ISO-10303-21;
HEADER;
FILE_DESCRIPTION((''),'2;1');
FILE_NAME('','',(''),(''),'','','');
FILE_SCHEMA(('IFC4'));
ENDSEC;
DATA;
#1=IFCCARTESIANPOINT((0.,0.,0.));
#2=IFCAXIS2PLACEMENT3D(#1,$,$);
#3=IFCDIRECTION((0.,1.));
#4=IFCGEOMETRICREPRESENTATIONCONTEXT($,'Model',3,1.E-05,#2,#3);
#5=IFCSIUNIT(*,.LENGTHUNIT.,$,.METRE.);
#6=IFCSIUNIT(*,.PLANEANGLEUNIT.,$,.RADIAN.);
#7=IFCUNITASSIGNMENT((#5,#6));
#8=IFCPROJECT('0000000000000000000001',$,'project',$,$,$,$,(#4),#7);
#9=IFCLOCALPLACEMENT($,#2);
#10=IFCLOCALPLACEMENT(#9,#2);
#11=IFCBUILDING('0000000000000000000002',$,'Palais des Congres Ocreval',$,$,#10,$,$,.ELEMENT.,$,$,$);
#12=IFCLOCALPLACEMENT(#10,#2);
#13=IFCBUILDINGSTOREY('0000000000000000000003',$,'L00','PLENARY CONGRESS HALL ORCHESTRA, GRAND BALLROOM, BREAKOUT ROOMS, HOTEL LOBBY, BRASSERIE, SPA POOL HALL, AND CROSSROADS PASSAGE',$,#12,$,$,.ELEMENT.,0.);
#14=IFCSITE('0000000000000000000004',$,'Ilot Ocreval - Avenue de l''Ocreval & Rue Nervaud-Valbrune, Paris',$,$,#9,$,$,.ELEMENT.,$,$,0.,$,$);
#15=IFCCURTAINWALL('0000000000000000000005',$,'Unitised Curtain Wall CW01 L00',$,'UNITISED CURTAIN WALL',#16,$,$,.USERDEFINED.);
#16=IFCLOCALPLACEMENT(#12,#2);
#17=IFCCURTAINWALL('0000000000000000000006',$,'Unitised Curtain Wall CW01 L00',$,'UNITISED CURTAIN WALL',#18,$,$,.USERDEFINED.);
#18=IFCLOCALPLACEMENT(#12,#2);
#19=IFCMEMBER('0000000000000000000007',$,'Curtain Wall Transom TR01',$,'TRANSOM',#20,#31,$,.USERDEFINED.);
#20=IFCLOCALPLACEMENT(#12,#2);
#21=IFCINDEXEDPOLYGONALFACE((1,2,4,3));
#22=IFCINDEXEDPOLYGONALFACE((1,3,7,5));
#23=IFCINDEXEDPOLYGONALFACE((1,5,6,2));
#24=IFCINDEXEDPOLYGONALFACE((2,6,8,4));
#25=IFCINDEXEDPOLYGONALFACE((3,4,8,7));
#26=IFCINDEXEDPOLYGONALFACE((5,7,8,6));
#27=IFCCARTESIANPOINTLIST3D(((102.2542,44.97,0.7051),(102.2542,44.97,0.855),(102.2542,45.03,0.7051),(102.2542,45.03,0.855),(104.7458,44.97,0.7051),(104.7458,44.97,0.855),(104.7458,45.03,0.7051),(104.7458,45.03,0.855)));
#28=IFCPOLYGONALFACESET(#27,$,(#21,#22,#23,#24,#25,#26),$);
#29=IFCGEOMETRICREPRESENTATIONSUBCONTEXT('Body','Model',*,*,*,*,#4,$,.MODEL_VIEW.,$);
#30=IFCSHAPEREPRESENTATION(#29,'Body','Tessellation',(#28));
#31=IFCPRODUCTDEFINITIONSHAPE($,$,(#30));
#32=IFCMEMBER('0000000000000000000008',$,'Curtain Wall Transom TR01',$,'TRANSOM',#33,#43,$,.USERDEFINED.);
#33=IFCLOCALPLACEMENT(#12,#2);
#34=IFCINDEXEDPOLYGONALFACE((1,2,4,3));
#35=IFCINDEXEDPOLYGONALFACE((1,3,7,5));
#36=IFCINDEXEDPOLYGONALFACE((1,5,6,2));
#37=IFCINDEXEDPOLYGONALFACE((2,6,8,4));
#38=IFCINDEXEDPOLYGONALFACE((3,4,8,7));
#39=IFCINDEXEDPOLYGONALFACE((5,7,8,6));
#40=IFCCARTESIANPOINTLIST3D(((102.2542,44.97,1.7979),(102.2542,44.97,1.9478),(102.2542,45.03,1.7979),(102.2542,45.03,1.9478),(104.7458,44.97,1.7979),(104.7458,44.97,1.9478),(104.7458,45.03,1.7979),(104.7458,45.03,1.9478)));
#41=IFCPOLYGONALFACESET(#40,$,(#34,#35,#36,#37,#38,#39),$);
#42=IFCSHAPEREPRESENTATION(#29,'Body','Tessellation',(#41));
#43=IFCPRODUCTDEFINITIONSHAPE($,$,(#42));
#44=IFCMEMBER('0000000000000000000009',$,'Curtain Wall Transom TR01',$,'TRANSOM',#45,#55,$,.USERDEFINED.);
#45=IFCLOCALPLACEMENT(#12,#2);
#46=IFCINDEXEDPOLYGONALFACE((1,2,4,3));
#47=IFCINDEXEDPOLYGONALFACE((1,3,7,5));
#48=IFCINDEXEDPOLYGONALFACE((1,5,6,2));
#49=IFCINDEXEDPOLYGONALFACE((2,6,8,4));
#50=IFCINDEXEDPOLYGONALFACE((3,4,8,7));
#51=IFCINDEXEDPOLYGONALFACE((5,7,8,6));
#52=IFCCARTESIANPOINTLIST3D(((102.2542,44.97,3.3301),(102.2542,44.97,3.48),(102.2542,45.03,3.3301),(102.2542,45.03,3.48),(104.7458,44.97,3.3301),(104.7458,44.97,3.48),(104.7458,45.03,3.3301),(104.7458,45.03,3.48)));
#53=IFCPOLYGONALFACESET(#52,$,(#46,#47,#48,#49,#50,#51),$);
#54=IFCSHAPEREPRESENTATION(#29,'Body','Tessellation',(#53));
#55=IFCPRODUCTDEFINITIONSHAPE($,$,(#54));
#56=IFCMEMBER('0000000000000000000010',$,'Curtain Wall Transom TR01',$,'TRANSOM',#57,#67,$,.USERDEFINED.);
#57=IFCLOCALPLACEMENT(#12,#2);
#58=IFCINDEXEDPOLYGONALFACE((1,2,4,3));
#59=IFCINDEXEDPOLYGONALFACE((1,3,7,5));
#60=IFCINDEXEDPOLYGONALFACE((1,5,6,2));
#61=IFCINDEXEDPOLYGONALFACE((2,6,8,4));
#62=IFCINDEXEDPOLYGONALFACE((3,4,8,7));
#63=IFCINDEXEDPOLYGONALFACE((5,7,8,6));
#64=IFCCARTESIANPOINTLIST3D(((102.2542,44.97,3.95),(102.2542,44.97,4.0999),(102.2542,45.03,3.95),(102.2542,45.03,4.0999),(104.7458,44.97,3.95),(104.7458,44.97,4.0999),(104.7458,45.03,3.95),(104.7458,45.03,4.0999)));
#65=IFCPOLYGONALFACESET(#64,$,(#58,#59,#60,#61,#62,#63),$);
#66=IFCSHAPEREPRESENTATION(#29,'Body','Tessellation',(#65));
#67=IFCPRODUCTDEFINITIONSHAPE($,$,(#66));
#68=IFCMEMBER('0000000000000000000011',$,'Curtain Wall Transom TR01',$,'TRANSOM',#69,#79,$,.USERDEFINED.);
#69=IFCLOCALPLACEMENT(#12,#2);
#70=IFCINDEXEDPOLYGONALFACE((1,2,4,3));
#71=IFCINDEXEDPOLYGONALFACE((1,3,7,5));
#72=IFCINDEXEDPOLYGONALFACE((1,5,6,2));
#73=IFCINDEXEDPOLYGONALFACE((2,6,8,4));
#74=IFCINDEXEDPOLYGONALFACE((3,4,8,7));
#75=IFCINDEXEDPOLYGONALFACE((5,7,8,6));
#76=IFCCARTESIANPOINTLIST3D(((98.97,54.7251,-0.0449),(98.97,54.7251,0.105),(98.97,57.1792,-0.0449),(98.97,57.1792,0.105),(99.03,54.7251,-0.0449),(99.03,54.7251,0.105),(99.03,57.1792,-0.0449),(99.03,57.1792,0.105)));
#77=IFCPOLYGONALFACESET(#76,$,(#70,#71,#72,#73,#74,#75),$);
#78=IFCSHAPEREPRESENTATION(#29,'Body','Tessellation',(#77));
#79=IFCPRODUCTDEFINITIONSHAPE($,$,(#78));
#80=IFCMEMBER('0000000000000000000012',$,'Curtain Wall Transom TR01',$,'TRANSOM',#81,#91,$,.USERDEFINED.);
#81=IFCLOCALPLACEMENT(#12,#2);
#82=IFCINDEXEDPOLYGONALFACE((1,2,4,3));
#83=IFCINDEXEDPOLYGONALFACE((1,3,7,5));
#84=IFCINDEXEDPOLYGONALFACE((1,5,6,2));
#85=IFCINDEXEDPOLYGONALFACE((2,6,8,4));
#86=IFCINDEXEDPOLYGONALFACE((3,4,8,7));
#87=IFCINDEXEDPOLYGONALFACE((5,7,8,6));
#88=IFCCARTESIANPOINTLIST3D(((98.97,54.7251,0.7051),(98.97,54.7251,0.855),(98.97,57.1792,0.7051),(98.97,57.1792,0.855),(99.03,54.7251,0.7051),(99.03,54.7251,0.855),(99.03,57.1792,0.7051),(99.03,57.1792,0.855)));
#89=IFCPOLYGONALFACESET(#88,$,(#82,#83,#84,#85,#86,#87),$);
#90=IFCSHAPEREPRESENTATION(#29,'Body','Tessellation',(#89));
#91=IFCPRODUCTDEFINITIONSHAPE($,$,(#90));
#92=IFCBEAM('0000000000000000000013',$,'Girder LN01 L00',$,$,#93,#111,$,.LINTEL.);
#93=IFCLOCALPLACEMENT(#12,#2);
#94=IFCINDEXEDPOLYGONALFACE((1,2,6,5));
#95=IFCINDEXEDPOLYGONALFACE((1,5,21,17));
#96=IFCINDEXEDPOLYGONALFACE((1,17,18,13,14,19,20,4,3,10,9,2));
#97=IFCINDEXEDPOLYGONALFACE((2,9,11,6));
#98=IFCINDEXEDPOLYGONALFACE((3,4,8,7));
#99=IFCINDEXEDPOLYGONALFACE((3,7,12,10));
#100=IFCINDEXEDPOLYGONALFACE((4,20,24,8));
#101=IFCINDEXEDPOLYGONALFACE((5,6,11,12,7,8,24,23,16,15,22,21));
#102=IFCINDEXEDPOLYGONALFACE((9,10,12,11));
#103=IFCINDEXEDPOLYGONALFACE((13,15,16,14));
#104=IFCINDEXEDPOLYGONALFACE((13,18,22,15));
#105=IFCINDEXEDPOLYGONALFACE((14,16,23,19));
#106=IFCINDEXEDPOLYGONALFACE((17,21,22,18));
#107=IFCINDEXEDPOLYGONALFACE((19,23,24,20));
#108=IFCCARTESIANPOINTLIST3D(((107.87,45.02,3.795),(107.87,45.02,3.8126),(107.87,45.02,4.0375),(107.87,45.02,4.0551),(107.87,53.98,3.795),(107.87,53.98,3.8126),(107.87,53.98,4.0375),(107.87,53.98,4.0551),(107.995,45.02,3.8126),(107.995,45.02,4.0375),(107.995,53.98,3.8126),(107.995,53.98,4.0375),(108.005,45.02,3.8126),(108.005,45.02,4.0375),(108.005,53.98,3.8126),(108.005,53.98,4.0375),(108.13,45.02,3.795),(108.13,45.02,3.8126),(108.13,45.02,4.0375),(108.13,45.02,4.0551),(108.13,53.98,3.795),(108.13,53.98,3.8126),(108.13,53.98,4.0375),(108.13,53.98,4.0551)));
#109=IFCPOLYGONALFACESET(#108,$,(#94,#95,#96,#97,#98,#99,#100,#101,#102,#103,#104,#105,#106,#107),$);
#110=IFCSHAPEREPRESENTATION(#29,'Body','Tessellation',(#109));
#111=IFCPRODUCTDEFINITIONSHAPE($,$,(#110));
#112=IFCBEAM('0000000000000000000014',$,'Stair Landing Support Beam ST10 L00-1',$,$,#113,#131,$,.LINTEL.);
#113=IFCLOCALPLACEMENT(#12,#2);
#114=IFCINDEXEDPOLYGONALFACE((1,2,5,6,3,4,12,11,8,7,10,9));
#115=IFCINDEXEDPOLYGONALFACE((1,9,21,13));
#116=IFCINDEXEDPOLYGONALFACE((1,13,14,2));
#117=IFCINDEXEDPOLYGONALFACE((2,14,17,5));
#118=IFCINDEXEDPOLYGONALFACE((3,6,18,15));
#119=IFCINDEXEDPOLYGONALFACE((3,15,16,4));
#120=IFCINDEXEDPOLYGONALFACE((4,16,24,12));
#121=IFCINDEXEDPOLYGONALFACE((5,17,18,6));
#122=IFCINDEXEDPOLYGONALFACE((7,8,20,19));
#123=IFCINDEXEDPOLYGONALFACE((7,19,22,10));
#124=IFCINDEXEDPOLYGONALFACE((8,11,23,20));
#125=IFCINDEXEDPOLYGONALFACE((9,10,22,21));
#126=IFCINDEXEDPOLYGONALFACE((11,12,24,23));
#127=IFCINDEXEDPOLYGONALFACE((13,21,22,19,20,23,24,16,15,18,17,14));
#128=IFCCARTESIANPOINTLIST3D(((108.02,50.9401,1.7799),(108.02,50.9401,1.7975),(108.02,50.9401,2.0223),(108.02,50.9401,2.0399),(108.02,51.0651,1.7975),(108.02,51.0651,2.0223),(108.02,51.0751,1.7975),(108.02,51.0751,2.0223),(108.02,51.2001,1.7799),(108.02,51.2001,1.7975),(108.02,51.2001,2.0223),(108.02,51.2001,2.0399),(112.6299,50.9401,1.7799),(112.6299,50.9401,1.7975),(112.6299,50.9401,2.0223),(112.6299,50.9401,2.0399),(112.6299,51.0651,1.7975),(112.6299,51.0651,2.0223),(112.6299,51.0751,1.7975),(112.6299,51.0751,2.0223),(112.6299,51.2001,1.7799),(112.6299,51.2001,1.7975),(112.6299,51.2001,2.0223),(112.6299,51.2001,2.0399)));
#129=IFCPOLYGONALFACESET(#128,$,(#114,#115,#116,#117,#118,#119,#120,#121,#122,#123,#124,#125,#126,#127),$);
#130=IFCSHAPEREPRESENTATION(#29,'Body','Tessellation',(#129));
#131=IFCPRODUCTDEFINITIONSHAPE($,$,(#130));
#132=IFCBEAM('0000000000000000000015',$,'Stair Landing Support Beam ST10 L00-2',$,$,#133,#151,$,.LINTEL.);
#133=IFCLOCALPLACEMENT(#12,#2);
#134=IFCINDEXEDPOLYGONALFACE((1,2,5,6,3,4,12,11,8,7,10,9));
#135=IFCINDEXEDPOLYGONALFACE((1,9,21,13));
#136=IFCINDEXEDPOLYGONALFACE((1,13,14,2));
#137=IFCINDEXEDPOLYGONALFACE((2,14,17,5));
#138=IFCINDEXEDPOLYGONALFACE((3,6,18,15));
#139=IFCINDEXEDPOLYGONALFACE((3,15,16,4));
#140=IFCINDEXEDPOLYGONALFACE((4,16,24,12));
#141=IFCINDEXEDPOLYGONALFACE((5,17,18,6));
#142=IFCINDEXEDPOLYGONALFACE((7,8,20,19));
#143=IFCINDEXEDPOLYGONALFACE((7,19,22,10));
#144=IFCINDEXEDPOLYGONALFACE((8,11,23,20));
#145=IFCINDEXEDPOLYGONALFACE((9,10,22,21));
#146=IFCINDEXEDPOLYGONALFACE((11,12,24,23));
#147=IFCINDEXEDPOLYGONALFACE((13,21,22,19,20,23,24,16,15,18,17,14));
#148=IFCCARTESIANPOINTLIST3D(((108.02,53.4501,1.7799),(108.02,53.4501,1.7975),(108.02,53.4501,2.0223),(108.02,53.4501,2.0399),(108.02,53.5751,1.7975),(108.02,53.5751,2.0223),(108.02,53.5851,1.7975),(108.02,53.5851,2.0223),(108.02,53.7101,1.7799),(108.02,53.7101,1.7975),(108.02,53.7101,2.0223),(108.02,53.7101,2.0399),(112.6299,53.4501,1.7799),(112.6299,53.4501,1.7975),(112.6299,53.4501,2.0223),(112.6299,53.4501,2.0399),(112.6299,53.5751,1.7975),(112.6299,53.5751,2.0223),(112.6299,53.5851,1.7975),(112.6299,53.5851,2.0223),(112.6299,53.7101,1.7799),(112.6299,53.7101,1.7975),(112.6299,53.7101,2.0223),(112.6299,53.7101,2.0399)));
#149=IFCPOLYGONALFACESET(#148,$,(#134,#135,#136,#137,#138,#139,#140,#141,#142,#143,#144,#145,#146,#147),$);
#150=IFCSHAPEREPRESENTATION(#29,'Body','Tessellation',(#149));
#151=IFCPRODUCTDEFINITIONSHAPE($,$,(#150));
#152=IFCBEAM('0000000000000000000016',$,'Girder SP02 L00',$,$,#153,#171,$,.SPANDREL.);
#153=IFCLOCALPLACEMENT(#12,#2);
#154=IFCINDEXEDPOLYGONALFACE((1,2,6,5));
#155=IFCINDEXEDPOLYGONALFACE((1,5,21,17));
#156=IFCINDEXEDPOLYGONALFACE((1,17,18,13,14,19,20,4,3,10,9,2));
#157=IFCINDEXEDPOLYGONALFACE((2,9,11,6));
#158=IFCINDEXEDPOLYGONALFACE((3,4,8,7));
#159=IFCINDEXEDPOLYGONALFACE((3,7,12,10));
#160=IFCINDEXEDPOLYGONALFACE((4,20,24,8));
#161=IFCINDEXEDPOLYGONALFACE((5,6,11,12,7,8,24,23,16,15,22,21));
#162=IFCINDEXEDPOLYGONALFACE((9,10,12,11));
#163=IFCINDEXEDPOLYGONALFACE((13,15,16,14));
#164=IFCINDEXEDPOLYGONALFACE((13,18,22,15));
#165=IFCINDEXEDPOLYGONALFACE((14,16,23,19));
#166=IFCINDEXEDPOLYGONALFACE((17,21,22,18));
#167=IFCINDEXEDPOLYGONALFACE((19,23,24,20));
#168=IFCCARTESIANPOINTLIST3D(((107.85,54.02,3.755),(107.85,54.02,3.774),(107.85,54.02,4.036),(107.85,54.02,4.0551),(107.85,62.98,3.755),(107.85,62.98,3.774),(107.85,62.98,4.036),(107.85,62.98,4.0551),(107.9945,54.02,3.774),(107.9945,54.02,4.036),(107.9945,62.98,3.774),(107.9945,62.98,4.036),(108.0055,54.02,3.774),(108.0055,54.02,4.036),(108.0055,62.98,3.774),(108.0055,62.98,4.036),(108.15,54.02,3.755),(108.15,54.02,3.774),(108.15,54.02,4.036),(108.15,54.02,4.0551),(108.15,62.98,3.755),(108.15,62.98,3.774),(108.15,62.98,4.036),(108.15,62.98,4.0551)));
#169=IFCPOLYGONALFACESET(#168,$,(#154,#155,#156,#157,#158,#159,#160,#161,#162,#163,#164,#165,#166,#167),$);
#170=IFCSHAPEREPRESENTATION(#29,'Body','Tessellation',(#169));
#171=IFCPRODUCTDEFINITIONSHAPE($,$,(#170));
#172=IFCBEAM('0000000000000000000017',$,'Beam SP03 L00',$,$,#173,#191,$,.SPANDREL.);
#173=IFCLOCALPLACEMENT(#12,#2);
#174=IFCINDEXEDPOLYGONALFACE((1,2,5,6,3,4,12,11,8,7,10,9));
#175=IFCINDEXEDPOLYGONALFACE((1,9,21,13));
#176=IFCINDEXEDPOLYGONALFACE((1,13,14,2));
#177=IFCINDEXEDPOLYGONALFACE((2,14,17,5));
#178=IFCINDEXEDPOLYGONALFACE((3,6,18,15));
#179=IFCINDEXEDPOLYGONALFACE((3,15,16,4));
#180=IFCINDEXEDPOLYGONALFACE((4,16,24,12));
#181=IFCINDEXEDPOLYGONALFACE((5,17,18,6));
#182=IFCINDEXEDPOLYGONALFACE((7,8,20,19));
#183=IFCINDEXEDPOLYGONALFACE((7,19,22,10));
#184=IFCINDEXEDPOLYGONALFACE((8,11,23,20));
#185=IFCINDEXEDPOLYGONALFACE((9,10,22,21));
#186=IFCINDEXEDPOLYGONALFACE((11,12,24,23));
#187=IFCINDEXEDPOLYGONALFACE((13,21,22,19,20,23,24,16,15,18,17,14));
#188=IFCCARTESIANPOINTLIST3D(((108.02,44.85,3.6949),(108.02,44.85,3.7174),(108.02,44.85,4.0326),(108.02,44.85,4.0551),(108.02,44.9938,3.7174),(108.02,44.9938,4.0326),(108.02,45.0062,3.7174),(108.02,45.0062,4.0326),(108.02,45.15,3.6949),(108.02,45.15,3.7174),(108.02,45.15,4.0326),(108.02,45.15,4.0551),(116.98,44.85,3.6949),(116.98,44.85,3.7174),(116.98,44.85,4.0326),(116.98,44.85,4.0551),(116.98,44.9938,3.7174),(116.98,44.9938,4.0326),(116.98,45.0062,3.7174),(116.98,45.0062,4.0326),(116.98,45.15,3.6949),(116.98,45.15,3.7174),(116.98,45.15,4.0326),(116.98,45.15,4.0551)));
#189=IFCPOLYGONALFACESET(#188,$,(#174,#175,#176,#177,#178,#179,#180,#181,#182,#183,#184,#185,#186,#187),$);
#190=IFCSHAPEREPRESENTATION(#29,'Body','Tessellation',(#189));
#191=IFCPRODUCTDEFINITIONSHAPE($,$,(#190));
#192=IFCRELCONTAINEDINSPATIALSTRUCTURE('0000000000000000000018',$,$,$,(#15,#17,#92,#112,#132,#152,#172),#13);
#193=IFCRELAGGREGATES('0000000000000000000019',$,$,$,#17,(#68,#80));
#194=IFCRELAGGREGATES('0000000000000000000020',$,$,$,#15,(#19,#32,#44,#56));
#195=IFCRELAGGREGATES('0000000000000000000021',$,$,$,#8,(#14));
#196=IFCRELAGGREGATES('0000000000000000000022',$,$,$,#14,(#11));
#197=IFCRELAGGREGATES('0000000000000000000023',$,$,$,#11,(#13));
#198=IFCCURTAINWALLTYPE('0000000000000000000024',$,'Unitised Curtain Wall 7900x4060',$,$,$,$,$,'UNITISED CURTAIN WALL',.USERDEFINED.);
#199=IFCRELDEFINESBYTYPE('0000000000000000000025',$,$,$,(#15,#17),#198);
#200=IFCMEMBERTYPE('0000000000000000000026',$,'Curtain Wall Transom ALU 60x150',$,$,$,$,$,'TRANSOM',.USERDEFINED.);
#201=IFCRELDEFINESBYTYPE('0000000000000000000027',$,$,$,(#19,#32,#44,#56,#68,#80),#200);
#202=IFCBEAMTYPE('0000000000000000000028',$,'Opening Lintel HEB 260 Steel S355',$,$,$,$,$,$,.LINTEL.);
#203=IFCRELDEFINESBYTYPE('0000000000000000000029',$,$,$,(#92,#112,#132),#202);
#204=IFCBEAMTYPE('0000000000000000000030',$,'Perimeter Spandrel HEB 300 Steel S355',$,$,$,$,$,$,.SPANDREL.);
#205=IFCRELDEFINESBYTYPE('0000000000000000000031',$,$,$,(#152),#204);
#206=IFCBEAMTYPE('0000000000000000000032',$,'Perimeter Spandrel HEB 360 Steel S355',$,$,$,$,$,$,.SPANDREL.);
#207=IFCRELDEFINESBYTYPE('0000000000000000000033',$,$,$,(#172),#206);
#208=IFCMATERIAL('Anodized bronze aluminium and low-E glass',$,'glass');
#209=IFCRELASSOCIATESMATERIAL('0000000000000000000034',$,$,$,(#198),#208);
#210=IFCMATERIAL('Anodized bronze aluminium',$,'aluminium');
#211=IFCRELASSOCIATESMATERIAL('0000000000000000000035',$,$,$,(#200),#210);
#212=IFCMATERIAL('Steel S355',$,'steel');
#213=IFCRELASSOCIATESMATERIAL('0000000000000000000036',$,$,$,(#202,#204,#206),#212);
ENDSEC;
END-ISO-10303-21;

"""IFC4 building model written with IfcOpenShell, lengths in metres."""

from ifc_helpers import new_model, si_unit, direction, frame, origin, origin_2d, place, context, subcontext, project, spatial, rectangle, i_section, extrude, material, material_profile, profile_set, type_object, element, aggregate, save


model = new_model("IFC4")

# Units and contexts
model_context = context("Model", 3, precision=1e-05, world=origin(), true_north=direction((0.0, 1.0)))
body_context = subcontext(model_context, "Body", "Model", "MODEL_VIEW")
ifc_project = project(units=[si_unit("LENGTHUNIT", "METRE"), si_unit("PLANEANGLEUNIT", "RADIAN")], contexts=[model_context])

# Site, building, storey
site_placement = place(None, origin())
site = spatial("IfcSite", under=ifc_project, at=site_placement, Name="Ilot Ocreval - Avenue de l'Ocreval & Rue Nervaud-Valbrune, Paris", CompositionType="ELEMENT", RefElevation=0.0)
building_placement = place(site_placement, origin())
building = spatial("IfcBuilding", under=site, at=building_placement, Name="Palais des Congres Ocreval", CompositionType="ELEMENT")
storey_placement = place(building_placement, origin())
storey = spatial("IfcBuildingStorey", under=building, at=storey_placement, Name="L00", Description="PLENARY CONGRESS HALL ORCHESTRA, GRAND BALLROOM, BREAKOUT ROOMS, HOTEL LOBBY, BRASSERIE, SPA POOL HALL, AND CROSSROADS PASSAGE", CompositionType="ELEMENT", Elevation=0.0)

# Shared definitions
ifc_material_1 = material(Name="Steel S355", Category="steel")

# Curtain wall
ifc_material_2 = material(Name="Anodized bronze aluminium and low-E glass", Category="glass")
curtain_wall_type = type_object("IfcCurtainWallType", Name="Unitised Curtain Wall 7900x4060", ElementType="UNITISED CURTAIN WALL", PredefinedType="USERDEFINED", material=ifc_material_2)
curtain_wall_1_placement = place(storey_placement, origin())
curtain_wall_1 = element("IfcCurtainWall", 1, at=curtain_wall_1_placement, inside=storey, type_object=curtain_wall_type, Name="Unitised Curtain Wall CW01 L00", ObjectType="UNITISED CURTAIN WALL", PredefinedType="USERDEFINED")
ifc_material_3 = material(Name="Anodized bronze aluminium", Category="aluminium")

# Curtain wall
curtain_wall_2_placement = place(storey_placement, origin())
curtain_wall_2 = element("IfcCurtainWall", 2, at=curtain_wall_2_placement, inside=storey, type_object=curtain_wall_type, Name="Unitised Curtain Wall CW01 L00", ObjectType="UNITISED CURTAIN WALL", PredefinedType="USERDEFINED")

# Members
ifc_material_profile_1 = material_profile(ifc_material_3, rectangle(XDim=0.0601, YDim=0.1499, at=origin_2d()), Name="ALU 60x150")
ifc_profile_set_1 = profile_set([ifc_material_profile_1], Name="Anodized bronze aluminium")
member_type_1 = type_object("IfcMemberType", Name="Curtain Wall Transom ALU 60x150", ElementType="TRANSOM", PredefinedType="USERDEFINED", material=ifc_profile_set_1)
member_1_placement = place(storey_placement, frame((104.7458, 45.0, 0.78), z_axis=(-1.0, 0.0, 0.0), x_axis=(0.0, -1.0, 0.0)))
member_1 = element("IfcMember", 3, at=member_1_placement, type_object=member_type_1, Name="Curtain Wall Transom TR01", ObjectType="TRANSOM", PredefinedType="USERDEFINED", context=body_context, shape_type="SweptSolid", body=[
    extrude(rectangle(XDim=0.0601, YDim=0.1499, at=origin_2d()), origin(), (0.0, 0.0, 1.0), 2.4917),
])
member_2_placement = place(storey_placement, frame((104.7458, 45.0, 1.8728), z_axis=(-1.0, 0.0, 0.0), x_axis=(0.0, -1.0, 0.0)))
member_2 = element("IfcMember", 4, at=member_2_placement, type_object=member_type_1, Name="Curtain Wall Transom TR01", ObjectType="TRANSOM", PredefinedType="USERDEFINED", context=body_context, shape_type="SweptSolid", body=[
    extrude(rectangle(XDim=0.0601, YDim=0.1499, at=origin_2d()), origin(), (0.0, 0.0, 1.0), 2.4917),
])
member_3_placement = place(storey_placement, frame((104.7458, 45.0, 3.405), z_axis=(-1.0, 0.0, 0.0), x_axis=(0.0, -1.0, 0.0)))
member_3 = element("IfcMember", 5, at=member_3_placement, type_object=member_type_1, Name="Curtain Wall Transom TR01", ObjectType="TRANSOM", PredefinedType="USERDEFINED", context=body_context, shape_type="SweptSolid", body=[
    extrude(rectangle(XDim=0.0601, YDim=0.1499, at=origin_2d()), origin(), (0.0, 0.0, 1.0), 2.4917),
])
member_4_placement = place(storey_placement, frame((104.7458, 45.0, 4.0249), z_axis=(-1.0, 0.0, 0.0), x_axis=(0.0, -1.0, 0.0)))
member_4 = element("IfcMember", 6, at=member_4_placement, type_object=member_type_1, Name="Curtain Wall Transom TR01", ObjectType="TRANSOM", PredefinedType="USERDEFINED", context=body_context, shape_type="SweptSolid", body=[
    extrude(rectangle(XDim=0.0601, YDim=0.1499, at=origin_2d()), origin(), (0.0, 0.0, 1.0), 2.4917),
])
member_5_placement = place(storey_placement, frame((99.0, 54.7251, 0.03), z_axis=(0.0, 1.0, 0.0), x_axis=(-1.0, 0.0, 0.0)))
member_5 = element("IfcMember", 7, at=member_5_placement, type_object=member_type_1, Name="Curtain Wall Transom TR01", ObjectType="TRANSOM", PredefinedType="USERDEFINED", context=body_context, shape_type="SweptSolid", body=[
    extrude(rectangle(XDim=0.0601, YDim=0.1499, at=origin_2d()), origin(), (0.0, 0.0, 1.0), 2.4541),
])
member_6_placement = place(storey_placement, frame((99.0, 54.7251, 0.78), z_axis=(0.0, 1.0, 0.0), x_axis=(-1.0, 0.0, 0.0)))
member_6 = element("IfcMember", 8, at=member_6_placement, type_object=member_type_1, Name="Curtain Wall Transom TR01", ObjectType="TRANSOM", PredefinedType="USERDEFINED", context=body_context, shape_type="SweptSolid", body=[
    extrude(rectangle(XDim=0.0601, YDim=0.1499, at=origin_2d()), origin(), (0.0, 0.0, 1.0), 2.4541),
])
aggregate(curtain_wall_2, [member_5, member_6])

# Beams
ifc_material_profile_2 = material_profile(ifc_material_1, i_section(OverallWidth=0.26, OverallDepth=0.26, WebThickness=0.01, FlangeThickness=0.0176, at=origin_2d()), Name="HEB 260")
ifc_profile_set_2 = profile_set([ifc_material_profile_2], Name="Steel S355")
beam_type_1 = type_object("IfcBeamType", Name="Opening Lintel HEB 260 Steel S355", PredefinedType="LINTEL", material=ifc_profile_set_2)
beam_1_placement = place(storey_placement, frame((108.0, 45.02, 3.925), z_axis=(0.0, 1.0, 0.0), x_axis=(-1.0, 0.0, 0.0)))
element("IfcBeam", 9, at=beam_1_placement, inside=storey, type_object=beam_type_1, Name="Girder LN01 L00", PredefinedType="LINTEL", context=body_context, shape_type="SweptSolid", body=[
    extrude(i_section(OverallWidth=0.26, OverallDepth=0.26, WebThickness=0.01, FlangeThickness=0.0176, at=origin_2d()), origin(), (0.0, 0.0, 1.0), 8.96),
])
for number, where, z_axis, x_axis, name in (
    (10, (108.02, 51.0701, 1.9099), (1.0, 0.0, 0.0), (0.0, 1.0, 0.0), "Stair Landing Support Beam ST10 L00-1"),
    (11, (108.02, 53.5801, 1.9099), (1.0, 0.0, 0.0), (0.0, 1.0, 0.0), "Stair Landing Support Beam ST10 L00-2"),
):
    element("IfcBeam", number, at=place(storey_placement, frame(where, z_axis=z_axis, x_axis=x_axis)), inside=storey, type_object=beam_type_1, Name=name, PredefinedType="LINTEL", context=body_context, shape_type="SweptSolid", body=[
        extrude(i_section(OverallWidth=0.26, OverallDepth=0.26, WebThickness=0.01, FlangeThickness=0.0176, at=origin_2d()), origin(), (0.0, 0.0, 1.0), 4.6099),
    ])
ifc_material_profile_3 = material_profile(ifc_material_1, i_section(OverallWidth=0.3, OverallDepth=0.3, WebThickness=0.011, FlangeThickness=0.019, at=origin_2d()), Name="HEB 300")
ifc_profile_set_3 = profile_set([ifc_material_profile_3], Name="Steel S355")
beam_type_2 = type_object("IfcBeamType", Name="Perimeter Spandrel HEB 300 Steel S355", PredefinedType="SPANDREL", material=ifc_profile_set_3)
beam_2_placement = place(storey_placement, frame((108.0, 54.02, 3.905), z_axis=(0.0, 1.0, 0.0), x_axis=(-1.0, 0.0, 0.0)))
element("IfcBeam", 12, at=beam_2_placement, inside=storey, type_object=beam_type_2, Name="Girder SP02 L00", PredefinedType="SPANDREL", context=body_context, shape_type="SweptSolid", body=[
    extrude(i_section(OverallWidth=0.3, OverallDepth=0.3, WebThickness=0.011, FlangeThickness=0.019, at=origin_2d()), origin(), (0.0, 0.0, 1.0), 8.96),
])
ifc_material_profile_4 = material_profile(ifc_material_1, i_section(OverallWidth=0.3, OverallDepth=0.3601, WebThickness=0.0125, FlangeThickness=0.0225, at=origin_2d()), Name="HEB 360")
ifc_profile_set_4 = profile_set([ifc_material_profile_4], Name="Steel S355")
beam_type_3 = type_object("IfcBeamType", Name="Perimeter Spandrel HEB 360 Steel S355", PredefinedType="SPANDREL", material=ifc_profile_set_4)
beam_3_placement = place(storey_placement, frame((108.02, 45.0, 3.875), z_axis=(1.0, 0.0, 0.0), x_axis=(0.0, 1.0, 0.0)))
element("IfcBeam", 13, at=beam_3_placement, inside=storey, type_object=beam_type_3, Name="Beam SP03 L00", PredefinedType="SPANDREL", context=body_context, shape_type="SweptSolid", body=[
    extrude(i_section(OverallWidth=0.3, OverallDepth=0.3601, WebThickness=0.0125, FlangeThickness=0.0225, at=origin_2d()), origin(), (0.0, 0.0, 1.0), 8.96),
])

aggregate(curtain_wall_1, [member_1, member_2, member_3, member_4])

save(model, "model.ifc")
